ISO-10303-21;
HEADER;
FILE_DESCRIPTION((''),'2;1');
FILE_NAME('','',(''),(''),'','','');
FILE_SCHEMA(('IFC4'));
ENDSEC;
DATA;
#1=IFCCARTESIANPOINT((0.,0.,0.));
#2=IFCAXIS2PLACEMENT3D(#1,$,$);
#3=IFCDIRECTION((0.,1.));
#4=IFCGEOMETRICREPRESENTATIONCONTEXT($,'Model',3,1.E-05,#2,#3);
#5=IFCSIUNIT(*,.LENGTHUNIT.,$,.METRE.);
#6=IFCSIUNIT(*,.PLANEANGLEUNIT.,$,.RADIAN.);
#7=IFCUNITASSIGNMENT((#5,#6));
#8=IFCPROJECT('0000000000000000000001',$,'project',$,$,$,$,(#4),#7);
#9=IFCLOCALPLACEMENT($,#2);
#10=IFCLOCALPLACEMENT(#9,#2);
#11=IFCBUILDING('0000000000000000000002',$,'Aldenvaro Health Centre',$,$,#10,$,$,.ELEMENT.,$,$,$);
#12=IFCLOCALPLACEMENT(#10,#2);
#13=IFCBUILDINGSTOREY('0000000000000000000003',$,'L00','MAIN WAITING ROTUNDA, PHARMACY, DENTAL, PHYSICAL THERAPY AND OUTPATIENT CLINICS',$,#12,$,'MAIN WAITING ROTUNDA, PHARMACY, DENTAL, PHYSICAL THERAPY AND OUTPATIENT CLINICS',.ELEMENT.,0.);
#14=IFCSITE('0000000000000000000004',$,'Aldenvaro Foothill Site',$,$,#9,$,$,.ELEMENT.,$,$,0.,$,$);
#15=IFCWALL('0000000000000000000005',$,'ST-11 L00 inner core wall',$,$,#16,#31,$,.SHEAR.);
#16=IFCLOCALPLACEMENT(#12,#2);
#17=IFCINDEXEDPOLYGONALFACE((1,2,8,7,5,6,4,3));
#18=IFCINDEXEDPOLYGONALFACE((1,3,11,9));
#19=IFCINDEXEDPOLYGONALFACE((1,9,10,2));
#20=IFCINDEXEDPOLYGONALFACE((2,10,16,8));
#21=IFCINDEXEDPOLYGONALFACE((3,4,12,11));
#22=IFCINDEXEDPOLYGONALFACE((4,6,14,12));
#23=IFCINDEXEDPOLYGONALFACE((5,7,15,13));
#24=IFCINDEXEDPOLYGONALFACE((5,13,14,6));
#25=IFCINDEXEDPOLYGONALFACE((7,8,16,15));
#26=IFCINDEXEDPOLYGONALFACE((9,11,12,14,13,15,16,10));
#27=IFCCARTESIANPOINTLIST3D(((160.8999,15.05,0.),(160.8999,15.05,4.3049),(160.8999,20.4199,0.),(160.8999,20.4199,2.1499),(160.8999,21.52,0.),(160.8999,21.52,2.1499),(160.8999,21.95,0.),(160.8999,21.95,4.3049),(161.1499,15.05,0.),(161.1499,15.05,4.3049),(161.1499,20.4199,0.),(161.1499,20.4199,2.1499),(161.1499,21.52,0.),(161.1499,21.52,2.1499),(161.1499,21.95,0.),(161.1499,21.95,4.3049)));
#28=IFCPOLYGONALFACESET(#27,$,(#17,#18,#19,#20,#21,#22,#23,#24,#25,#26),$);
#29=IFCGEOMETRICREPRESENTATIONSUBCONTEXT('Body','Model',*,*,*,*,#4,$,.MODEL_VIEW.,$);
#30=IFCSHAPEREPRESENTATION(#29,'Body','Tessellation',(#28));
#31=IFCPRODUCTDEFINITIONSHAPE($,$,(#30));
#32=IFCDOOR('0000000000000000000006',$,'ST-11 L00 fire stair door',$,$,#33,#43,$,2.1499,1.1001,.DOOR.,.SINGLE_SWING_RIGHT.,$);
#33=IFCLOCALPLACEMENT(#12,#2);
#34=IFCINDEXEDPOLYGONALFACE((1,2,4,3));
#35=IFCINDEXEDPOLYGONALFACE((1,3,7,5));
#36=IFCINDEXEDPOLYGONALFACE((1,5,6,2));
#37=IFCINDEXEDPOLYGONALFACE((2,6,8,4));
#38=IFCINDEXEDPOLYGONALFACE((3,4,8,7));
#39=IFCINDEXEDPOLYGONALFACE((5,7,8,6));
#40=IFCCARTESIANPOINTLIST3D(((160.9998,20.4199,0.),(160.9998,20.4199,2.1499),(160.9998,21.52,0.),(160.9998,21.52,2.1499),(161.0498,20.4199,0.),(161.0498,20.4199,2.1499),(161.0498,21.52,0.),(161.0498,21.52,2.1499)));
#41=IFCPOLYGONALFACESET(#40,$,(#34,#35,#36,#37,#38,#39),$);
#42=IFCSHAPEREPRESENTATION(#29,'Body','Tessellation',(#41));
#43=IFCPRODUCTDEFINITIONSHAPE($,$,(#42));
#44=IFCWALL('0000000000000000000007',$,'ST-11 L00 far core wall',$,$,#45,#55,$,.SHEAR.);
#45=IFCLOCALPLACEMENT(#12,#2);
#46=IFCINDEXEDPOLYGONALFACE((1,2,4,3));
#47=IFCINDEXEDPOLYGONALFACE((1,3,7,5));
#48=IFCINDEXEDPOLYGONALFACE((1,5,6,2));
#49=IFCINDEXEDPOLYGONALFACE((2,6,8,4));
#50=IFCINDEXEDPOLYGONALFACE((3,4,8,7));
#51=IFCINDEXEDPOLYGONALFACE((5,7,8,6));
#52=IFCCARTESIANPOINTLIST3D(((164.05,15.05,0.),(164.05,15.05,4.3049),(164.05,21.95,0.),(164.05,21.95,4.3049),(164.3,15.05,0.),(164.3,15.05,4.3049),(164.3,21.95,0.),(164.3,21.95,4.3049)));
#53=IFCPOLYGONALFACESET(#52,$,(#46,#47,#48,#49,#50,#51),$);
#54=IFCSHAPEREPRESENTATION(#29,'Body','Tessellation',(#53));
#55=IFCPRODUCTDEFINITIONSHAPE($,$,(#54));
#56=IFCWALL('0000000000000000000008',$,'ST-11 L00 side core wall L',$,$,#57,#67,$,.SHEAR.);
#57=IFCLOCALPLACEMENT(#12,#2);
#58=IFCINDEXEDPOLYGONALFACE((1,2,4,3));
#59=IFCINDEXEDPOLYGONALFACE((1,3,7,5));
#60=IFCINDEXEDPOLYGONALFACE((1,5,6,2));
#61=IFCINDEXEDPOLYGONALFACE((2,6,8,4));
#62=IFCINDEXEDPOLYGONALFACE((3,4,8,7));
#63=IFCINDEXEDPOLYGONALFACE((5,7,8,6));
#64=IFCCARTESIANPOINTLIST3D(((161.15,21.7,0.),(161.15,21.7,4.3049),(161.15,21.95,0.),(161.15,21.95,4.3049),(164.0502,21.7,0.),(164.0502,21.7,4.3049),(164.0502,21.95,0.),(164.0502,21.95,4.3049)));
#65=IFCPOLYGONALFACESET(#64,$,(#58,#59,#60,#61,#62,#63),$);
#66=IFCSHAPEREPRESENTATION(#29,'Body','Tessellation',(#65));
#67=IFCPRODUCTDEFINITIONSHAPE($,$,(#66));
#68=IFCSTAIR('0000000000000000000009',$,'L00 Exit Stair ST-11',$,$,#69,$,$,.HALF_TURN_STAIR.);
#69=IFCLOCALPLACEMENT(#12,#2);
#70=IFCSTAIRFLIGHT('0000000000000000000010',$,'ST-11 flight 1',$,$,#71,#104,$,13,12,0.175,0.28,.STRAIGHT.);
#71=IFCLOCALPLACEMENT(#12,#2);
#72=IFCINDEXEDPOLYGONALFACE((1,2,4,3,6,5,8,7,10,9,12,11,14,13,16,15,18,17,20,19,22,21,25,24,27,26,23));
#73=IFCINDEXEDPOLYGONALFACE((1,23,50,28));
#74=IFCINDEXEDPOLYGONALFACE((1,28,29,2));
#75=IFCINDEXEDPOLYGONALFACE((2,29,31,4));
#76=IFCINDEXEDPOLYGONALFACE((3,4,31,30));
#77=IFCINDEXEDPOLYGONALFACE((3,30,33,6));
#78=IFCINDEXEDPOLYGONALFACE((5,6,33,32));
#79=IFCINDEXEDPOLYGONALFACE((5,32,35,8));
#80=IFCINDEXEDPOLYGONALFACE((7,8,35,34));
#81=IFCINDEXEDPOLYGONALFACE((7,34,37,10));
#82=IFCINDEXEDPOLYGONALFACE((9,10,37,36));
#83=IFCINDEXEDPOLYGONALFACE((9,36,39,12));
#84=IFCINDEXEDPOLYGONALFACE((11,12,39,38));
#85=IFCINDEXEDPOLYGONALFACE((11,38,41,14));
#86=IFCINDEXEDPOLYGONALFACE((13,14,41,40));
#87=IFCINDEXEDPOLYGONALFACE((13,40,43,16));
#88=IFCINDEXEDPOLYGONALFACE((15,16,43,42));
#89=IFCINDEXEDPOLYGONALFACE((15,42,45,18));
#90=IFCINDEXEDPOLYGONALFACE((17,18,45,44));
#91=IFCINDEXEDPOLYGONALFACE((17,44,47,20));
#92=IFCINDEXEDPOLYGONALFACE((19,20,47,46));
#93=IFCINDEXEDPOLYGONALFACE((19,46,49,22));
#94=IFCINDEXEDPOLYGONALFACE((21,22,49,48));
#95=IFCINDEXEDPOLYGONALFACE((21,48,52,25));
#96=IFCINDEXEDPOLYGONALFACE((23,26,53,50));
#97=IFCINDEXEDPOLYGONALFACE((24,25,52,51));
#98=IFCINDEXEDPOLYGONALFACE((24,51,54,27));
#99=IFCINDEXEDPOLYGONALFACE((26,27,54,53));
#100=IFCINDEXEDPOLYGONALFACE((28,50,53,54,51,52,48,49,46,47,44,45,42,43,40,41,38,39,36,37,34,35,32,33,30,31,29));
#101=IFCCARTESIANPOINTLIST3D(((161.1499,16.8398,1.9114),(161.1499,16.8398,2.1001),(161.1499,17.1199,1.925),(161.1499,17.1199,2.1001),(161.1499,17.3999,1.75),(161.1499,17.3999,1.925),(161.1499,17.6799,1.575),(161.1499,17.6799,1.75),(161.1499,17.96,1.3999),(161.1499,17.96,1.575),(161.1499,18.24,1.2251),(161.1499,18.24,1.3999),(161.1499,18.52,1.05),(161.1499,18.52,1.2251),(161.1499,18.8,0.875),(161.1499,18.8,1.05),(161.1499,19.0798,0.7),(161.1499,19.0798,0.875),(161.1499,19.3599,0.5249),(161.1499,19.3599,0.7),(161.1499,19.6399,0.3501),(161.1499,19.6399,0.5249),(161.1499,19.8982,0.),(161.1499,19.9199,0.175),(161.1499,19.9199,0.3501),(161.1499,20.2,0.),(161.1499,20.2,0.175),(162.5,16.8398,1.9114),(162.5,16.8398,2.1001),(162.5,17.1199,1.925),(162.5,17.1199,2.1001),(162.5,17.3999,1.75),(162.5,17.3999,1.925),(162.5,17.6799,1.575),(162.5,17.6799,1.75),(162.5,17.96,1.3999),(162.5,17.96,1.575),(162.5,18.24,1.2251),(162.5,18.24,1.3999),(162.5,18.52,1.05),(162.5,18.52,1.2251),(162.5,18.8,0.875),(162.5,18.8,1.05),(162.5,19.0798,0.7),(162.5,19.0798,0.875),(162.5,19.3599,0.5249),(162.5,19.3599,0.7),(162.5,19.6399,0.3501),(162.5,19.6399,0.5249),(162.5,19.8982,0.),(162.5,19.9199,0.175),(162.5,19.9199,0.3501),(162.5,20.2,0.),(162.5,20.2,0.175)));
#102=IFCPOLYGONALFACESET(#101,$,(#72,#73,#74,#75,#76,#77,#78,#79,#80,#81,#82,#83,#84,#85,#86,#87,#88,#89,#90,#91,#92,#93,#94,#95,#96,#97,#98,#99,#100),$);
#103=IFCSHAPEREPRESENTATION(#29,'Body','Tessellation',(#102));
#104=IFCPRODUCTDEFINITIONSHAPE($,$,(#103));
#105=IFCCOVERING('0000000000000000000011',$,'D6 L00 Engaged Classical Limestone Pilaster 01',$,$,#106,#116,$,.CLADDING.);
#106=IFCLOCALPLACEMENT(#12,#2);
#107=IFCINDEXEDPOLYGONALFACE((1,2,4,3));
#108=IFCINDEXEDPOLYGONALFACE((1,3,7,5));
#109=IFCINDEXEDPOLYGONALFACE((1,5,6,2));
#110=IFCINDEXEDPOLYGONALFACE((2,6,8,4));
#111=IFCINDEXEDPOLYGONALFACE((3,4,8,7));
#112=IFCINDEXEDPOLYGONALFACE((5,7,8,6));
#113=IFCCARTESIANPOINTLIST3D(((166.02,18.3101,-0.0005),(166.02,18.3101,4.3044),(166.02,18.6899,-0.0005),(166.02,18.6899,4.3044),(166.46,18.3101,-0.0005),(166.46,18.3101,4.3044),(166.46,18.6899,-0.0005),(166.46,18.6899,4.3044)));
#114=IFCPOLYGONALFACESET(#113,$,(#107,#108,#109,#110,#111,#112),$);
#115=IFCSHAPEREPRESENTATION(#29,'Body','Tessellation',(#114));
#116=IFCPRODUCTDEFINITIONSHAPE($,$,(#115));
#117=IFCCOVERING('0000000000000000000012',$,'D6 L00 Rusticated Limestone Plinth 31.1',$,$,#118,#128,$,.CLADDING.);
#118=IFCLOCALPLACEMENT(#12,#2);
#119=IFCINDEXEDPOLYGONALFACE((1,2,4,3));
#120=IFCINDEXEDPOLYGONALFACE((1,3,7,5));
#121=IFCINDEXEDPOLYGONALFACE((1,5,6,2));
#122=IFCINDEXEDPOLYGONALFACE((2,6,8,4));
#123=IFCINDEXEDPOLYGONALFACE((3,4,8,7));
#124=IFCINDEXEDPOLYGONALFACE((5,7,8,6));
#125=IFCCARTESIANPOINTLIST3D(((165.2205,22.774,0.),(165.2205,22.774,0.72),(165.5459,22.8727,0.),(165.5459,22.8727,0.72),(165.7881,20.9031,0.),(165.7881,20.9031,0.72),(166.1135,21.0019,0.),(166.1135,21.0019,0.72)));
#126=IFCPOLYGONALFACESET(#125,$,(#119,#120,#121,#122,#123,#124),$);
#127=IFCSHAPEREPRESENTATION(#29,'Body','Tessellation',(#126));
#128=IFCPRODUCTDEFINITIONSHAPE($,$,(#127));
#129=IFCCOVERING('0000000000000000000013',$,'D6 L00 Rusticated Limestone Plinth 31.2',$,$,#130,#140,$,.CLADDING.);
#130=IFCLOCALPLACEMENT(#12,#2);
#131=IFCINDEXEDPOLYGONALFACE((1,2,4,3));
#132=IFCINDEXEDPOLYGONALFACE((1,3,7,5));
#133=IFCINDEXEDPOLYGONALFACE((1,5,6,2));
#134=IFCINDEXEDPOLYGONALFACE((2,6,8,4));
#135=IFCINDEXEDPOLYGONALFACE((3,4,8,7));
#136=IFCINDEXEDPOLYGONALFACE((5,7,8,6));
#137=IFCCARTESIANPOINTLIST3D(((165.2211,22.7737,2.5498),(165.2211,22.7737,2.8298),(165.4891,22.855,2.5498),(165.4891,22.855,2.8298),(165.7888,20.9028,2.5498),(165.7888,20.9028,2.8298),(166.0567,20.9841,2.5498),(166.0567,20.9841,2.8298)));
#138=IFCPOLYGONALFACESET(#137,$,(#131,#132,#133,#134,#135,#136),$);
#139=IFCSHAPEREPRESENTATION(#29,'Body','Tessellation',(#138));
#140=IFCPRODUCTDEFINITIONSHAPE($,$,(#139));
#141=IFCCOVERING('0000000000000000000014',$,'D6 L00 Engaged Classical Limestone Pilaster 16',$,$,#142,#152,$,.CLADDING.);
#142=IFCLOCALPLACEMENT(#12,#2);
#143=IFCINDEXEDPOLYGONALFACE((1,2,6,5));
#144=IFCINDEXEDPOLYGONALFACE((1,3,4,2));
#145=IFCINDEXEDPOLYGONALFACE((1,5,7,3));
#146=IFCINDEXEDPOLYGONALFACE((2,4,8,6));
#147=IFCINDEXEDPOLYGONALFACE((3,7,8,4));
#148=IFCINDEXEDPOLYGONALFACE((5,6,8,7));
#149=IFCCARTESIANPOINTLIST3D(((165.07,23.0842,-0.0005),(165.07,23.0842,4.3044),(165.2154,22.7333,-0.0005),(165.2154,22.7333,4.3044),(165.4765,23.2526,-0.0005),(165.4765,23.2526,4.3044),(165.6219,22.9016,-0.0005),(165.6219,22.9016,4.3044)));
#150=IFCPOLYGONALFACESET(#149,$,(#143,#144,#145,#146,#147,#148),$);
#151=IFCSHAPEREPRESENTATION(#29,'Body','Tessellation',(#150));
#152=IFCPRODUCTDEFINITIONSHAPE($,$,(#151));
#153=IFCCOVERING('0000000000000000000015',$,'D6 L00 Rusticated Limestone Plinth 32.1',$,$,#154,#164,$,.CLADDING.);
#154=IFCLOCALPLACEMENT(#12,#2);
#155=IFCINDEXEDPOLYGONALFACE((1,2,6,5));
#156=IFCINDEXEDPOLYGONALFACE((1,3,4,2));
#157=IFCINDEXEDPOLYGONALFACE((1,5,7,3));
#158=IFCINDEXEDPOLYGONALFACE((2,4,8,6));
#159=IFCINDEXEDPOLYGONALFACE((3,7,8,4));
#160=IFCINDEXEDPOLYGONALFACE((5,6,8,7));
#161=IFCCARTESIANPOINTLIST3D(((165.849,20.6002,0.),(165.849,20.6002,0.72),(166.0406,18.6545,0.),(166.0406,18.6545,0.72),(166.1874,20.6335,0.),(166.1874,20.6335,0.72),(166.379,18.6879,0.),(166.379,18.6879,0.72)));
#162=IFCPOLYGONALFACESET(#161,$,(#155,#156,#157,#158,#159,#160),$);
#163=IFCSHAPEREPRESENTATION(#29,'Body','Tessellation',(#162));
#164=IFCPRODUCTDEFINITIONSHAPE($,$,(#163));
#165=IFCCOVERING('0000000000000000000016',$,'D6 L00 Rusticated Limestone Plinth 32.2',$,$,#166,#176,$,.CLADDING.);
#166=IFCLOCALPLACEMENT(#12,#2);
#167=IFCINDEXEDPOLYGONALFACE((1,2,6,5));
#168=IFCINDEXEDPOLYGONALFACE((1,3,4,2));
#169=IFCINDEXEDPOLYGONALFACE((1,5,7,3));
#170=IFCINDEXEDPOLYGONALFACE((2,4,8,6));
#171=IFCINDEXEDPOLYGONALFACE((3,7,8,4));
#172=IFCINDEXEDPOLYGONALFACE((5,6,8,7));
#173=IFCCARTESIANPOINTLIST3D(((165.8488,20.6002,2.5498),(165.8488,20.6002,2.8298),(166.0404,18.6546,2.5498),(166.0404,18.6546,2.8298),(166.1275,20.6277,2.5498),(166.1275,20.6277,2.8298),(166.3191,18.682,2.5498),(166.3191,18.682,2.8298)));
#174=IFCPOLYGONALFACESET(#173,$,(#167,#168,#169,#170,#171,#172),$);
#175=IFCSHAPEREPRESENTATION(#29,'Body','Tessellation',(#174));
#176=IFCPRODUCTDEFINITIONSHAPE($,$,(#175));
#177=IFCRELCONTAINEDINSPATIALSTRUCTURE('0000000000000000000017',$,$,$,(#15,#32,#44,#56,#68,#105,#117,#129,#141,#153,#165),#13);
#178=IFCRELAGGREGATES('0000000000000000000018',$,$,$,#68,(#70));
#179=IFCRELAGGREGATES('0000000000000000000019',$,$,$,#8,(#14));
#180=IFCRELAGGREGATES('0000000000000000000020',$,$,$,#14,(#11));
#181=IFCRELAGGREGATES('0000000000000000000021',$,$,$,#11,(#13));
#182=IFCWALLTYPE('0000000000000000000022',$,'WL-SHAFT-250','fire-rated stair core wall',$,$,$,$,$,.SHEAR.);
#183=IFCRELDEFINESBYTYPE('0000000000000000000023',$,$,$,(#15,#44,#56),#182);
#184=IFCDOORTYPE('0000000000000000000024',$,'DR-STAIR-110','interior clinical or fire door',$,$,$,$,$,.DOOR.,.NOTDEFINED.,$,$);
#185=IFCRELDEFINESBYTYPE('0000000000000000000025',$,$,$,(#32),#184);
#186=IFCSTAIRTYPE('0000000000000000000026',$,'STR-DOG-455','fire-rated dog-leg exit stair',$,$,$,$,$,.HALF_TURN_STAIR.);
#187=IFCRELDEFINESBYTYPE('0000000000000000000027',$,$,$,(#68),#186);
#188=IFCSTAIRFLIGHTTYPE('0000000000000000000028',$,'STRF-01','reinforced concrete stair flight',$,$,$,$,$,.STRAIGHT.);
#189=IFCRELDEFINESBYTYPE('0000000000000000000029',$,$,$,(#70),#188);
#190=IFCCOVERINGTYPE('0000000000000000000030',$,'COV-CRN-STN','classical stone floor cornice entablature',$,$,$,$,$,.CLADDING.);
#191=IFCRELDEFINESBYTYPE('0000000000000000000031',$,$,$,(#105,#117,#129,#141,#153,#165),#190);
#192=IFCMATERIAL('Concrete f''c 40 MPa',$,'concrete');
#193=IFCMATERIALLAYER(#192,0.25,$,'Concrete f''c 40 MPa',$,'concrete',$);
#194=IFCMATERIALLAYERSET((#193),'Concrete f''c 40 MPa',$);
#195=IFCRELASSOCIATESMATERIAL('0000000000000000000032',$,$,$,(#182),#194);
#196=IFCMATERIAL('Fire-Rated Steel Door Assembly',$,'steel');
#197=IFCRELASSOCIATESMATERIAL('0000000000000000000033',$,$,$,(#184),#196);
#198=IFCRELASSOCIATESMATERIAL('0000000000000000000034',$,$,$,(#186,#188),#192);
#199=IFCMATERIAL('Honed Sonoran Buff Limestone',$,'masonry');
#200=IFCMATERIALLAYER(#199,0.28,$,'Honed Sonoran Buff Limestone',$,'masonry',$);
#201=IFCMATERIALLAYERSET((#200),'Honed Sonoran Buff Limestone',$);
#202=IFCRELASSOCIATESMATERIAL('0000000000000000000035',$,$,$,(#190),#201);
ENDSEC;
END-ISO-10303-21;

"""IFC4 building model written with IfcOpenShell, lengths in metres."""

from ifc_helpers import new_model, si_unit, direction, frame, frame_2d, origin, origin_2d, place, context, subcontext, project, spatial, polyline, rectangle, outline, extrude, material, layer, layer_set, type_object, element, fill, aggregate, save


model = new_model("IFC4")

# Units and contexts
model_context = context("Model", 3, precision=1e-05, world=origin(), true_north=direction((0.0, 1.0)))
body_context = subcontext(model_context, "Body", "Model", "MODEL_VIEW")
ifc_project = project(units=[si_unit("LENGTHUNIT", "METRE"), si_unit("PLANEANGLEUNIT", "RADIAN")], contexts=[model_context])

# Site, building, storey
site_placement = place(None, origin())
site = spatial("IfcSite", under=ifc_project, at=site_placement, Name="Aldenvaro Foothill Site", CompositionType="ELEMENT", RefElevation=0.0)
building_placement = place(site_placement, origin())
building = spatial("IfcBuilding", under=site, at=building_placement, Name="Aldenvaro Health Centre", CompositionType="ELEMENT")
storey_placement = place(building_placement, origin())
storey = spatial("IfcBuildingStorey", under=building, at=storey_placement, Name="L00", Description="MAIN WAITING ROTUNDA, PHARMACY, DENTAL, PHYSICAL THERAPY AND OUTPATIENT CLINICS", LongName="MAIN WAITING ROTUNDA, PHARMACY, DENTAL, PHYSICAL THERAPY AND OUTPATIENT CLINICS", CompositionType="ELEMENT", Elevation=0.0)

# Shared definitions
ifc_material_1 = material(Name="Concrete f'c 40 MPa", Category="concrete")

# Wall, opening, door
ifc_layer_1 = layer(ifc_material_1, 0.25, Name="Concrete f'c 40 MPa", Category="concrete")
ifc_layer_set_1 = layer_set([ifc_layer_1], Name="Concrete f'c 40 MPa")
wall_type_1 = type_object("IfcWallType", Name="WL-SHAFT-250", Description="fire-rated stair core wall", PredefinedType="SHEAR", material=ifc_layer_set_1)
wall_1_placement = place(storey_placement, frame((161.0249, 21.95, 0.0), z_axis=(0.0, 0.0, 1.0), x_axis=(0.0, -1.0, 0.0)))
wall_1 = element("IfcWall", 1, at=wall_1_placement, inside=storey, type_object=wall_type_1, Name="ST-11 L00 inner core wall", PredefinedType="SHEAR", context=body_context, shape_type="SweptSolid", body=[
    extrude(rectangle(XDim=6.8999, YDim=0.25, at=frame_2d((3.45, 0.0))), origin(), (0.0, 0.0, 1.0), 4.3049),
])
opening_placement = place(wall_1_placement, frame((0.4299, 0.0, 0.0)))
opening = element("IfcOpeningElement", 2, at=opening_placement, cuts=wall_1, PredefinedType="OPENING", context=body_context, shape_type="SweptSolid", body=[
    extrude(rectangle(XDim=1.1001, YDim=2.1499, at=frame_2d((0.55, 1.075))), frame((0.0, 0.135, 0.0), z_axis=(0.0, -1.0, 0.0), x_axis=(1.0, 0.0, 0.0)), (0.0, 0.0, 1.0), 0.27),
])
ifc_material_2 = material(Name="Fire-Rated Steel Door Assembly", Category="steel")
door_type = type_object("IfcDoorType", Name="DR-STAIR-110", Description="interior clinical or fire door", OperationType="NOTDEFINED", PredefinedType="DOOR", material=ifc_material_2)
door_placement = place(opening_placement, origin())
door = element("IfcDoor", 3, at=door_placement, inside=storey, type_object=door_type, Name="ST-11 L00 fire stair door", OperationType="SINGLE_SWING_RIGHT", OverallHeight=2.1499, OverallWidth=1.1001, PredefinedType="DOOR", context=body_context, shape_type="SweptSolid", body=[
    extrude(rectangle(XDim=1.1001, YDim=2.1499, at=frame_2d((0.55, 1.075))), frame((0.0, 0.0249, 0.0), z_axis=(0.0, -1.0, 0.0), x_axis=(1.0, 0.0, 0.0)), (0.0, 0.0, 1.0), 0.05),
])
fill(opening, door)

# Walls
wall_2_placement = place(storey_placement, frame((164.175, 21.95, 0.0), z_axis=(0.0, 0.0, 1.0), x_axis=(0.0, -1.0, 0.0)))
element("IfcWall", 4, at=wall_2_placement, inside=storey, type_object=wall_type_1, Name="ST-11 L00 far core wall", PredefinedType="SHEAR", context=body_context, shape_type="SweptSolid", body=[
    extrude(rectangle(XDim=6.8999, YDim=0.25, at=frame_2d((3.45, 0.0))), origin(), (0.0, 0.0, 1.0), 4.3049),
])
wall_3_placement = place(storey_placement, frame((161.1499, 21.825, 0.0), z_axis=(0.0, 0.0, 1.0), x_axis=(1.0, 0.0, 0.0)))
element("IfcWall", 5, at=wall_3_placement, inside=storey, type_object=wall_type_1, Name="ST-11 L00 side core wall L", PredefinedType="SHEAR", context=body_context, shape_type="SweptSolid", body=[
    extrude(rectangle(XDim=2.9001, YDim=0.25, at=frame_2d((1.4502, 0.0))), origin(), (0.0, 0.0, 1.0), 4.3049),
])

# Stair, stair flight
stair_type = type_object("IfcStairType", Name="STR-DOG-455", Description="fire-rated dog-leg exit stair", PredefinedType="HALF_TURN_STAIR", material=ifc_material_1)
stair_placement = place(storey_placement, origin())
stair = element("IfcStair", 6, at=stair_placement, inside=storey, type_object=stair_type, Name="L00 Exit Stair ST-11", PredefinedType="HALF_TURN_STAIR")
stair_flight_type = type_object("IfcStairFlightType", Name="STRF-01", Description="reinforced concrete stair flight", PredefinedType="STRAIGHT", material=ifc_material_1)
stair_flight_placement = place(storey_placement, frame((161.825, 20.2, 0.0), z_axis=(0.0, 0.0, 1.0), x_axis=(0.0, -1.0, 0.0)))
stair_flight = element("IfcStairFlight", 7, at=stair_flight_placement, type_object=stair_flight_type, Name="ST-11 flight 1", NumberOfRisers=13, NumberOfTreads=12, PredefinedType="STRAIGHT", RiserHeight=0.175, TreadLength=0.28, context=body_context, shape_type="SweptSolid", body=[
    extrude(outline(polyline([(0.0, 0.0), (0.0, 0.175), (0.28, 0.175), (0.28, 0.3501), (0.5601, 0.3501), (0.5601, 0.5249), (0.8401, 0.5249), (0.8401, 0.7), (1.1201, 0.7), (1.1201, 0.875), (1.3999, 0.875), (1.3999, 1.05), (1.6799, 1.05), (1.6799, 1.2251), (1.96, 1.2251), (1.96, 1.3999), (2.24, 1.3999), (2.24, 1.575), (2.52, 1.575), (2.52, 1.75), (2.8, 1.75), (2.8, 1.925), (3.0801, 1.925), (3.0801, 2.1001), (3.3601, 2.1001), (3.3601, 2.2749), (3.3601, 1.9114), (0.3018, 0.0), (0.0, 0.0)])), frame((0.0, 0.675, 0.0), z_axis=(0.0, -1.0, 0.0), x_axis=(1.0, 0.0, 0.0)), (0.0, 0.0, 1.0), 1.3501),
])
aggregate(stair, [stair_flight])

# Coverings
ifc_material_3 = material(Name="Honed Sonoran Buff Limestone", Category="masonry")
ifc_layer_2 = layer(ifc_material_3, 0.28, Name="Honed Sonoran Buff Limestone", Category="masonry")
ifc_layer_set_2 = layer_set([ifc_layer_2], Name="Honed Sonoran Buff Limestone")
covering_type = type_object("IfcCoveringType", Name="COV-CRN-STN", Description="classical stone floor cornice entablature", PredefinedType="CLADDING", material=ifc_layer_set_2)
covering_1_placement = place(storey_placement, frame((166.24, 18.5, -0.0005), z_axis=(0.0, 0.0, 1.0), x_axis=(1.0, 0.0, 0.0)))
element("IfcCovering", 8, at=covering_1_placement, inside=storey, type_object=covering_type, Name="D6 L00 Engaged Classical Limestone Pilaster 01", PredefinedType="CLADDING", context=body_context, shape_type="SweptSolid", body=[
    extrude(rectangle(XDim=0.4399, YDim=0.3799, at=origin_2d()), origin(), (0.0, 0.0, 1.0), 4.3049),
])
covering_2_placement = place(storey_placement, frame((165.667, 21.8879, 0.0), z_axis=(0.0, 0.0, 1.0), x_axis=(0.290343, -0.956923, 0.0)))
element("IfcCovering", 9, at=covering_2_placement, inside=storey, type_object=covering_type, Name="D6 L00 Rusticated Limestone Plinth 31.1", PredefinedType="CLADDING", context=body_context, shape_type="SweptSolid", body=[
    extrude(rectangle(XDim=1.9551, YDim=0.3401, at=origin_2d()), origin(), (0.0, 0.0, 1.0), 0.72),
])
covering_3_placement = place(storey_placement, frame((165.6389, 21.8789, 2.5498), z_axis=(0.0, 0.0, 1.0), x_axis=(0.290343, -0.956923, 0.0)))
element("IfcCovering", 10, at=covering_3_placement, inside=storey, type_object=covering_type, Name="D6 L00 Rusticated Limestone Plinth 31.2", PredefinedType="CLADDING", context=body_context, shape_type="SweptSolid", body=[
    extrude(rectangle(XDim=1.9551, YDim=0.28, at=origin_2d()), origin(), (0.0, 0.0, 1.0), 0.28),
])
covering_4_placement = place(storey_placement, frame((165.3459, 22.9929, -0.0005), z_axis=(0.0, 0.0, 1.0), x_axis=(0.923864, 0.382721, 0.0)))
element("IfcCovering", 11, at=covering_4_placement, inside=storey, type_object=covering_type, Name="D6 L00 Engaged Classical Limestone Pilaster 16", PredefinedType="CLADDING", context=body_context, shape_type="SweptSolid", body=[
    extrude(rectangle(XDim=0.4399, YDim=0.3799, at=origin_2d()), origin(), (0.0, 0.0, 1.0), 4.3049),
])
covering_5_placement = place(storey_placement, frame((166.114, 19.644, 0.0), z_axis=(0.0, 0.0, 1.0), x_axis=(0.097997, -0.995187, 0.0)))
element("IfcCovering", 12, at=covering_5_placement, inside=storey, type_object=covering_type, Name="D6 L00 Rusticated Limestone Plinth 32.1", PredefinedType="CLADDING", context=body_context, shape_type="SweptSolid", body=[
    extrude(rectangle(XDim=1.9551, YDim=0.3401, at=origin_2d()), origin(), (0.0, 0.0, 1.0), 0.72),
])
covering_6_placement = place(storey_placement, frame((166.084, 19.6411, 2.5498), z_axis=(0.0, 0.0, 1.0), x_axis=(0.097997, -0.995187, 0.0)))
element("IfcCovering", 13, at=covering_6_placement, inside=storey, type_object=covering_type, Name="D6 L00 Rusticated Limestone Plinth 32.2", PredefinedType="CLADDING", context=body_context, shape_type="SweptSolid", body=[
    extrude(rectangle(XDim=1.9551, YDim=0.28, at=origin_2d()), origin(), (0.0, 0.0, 1.0), 0.28),
])

save(model, "model.ifc")
